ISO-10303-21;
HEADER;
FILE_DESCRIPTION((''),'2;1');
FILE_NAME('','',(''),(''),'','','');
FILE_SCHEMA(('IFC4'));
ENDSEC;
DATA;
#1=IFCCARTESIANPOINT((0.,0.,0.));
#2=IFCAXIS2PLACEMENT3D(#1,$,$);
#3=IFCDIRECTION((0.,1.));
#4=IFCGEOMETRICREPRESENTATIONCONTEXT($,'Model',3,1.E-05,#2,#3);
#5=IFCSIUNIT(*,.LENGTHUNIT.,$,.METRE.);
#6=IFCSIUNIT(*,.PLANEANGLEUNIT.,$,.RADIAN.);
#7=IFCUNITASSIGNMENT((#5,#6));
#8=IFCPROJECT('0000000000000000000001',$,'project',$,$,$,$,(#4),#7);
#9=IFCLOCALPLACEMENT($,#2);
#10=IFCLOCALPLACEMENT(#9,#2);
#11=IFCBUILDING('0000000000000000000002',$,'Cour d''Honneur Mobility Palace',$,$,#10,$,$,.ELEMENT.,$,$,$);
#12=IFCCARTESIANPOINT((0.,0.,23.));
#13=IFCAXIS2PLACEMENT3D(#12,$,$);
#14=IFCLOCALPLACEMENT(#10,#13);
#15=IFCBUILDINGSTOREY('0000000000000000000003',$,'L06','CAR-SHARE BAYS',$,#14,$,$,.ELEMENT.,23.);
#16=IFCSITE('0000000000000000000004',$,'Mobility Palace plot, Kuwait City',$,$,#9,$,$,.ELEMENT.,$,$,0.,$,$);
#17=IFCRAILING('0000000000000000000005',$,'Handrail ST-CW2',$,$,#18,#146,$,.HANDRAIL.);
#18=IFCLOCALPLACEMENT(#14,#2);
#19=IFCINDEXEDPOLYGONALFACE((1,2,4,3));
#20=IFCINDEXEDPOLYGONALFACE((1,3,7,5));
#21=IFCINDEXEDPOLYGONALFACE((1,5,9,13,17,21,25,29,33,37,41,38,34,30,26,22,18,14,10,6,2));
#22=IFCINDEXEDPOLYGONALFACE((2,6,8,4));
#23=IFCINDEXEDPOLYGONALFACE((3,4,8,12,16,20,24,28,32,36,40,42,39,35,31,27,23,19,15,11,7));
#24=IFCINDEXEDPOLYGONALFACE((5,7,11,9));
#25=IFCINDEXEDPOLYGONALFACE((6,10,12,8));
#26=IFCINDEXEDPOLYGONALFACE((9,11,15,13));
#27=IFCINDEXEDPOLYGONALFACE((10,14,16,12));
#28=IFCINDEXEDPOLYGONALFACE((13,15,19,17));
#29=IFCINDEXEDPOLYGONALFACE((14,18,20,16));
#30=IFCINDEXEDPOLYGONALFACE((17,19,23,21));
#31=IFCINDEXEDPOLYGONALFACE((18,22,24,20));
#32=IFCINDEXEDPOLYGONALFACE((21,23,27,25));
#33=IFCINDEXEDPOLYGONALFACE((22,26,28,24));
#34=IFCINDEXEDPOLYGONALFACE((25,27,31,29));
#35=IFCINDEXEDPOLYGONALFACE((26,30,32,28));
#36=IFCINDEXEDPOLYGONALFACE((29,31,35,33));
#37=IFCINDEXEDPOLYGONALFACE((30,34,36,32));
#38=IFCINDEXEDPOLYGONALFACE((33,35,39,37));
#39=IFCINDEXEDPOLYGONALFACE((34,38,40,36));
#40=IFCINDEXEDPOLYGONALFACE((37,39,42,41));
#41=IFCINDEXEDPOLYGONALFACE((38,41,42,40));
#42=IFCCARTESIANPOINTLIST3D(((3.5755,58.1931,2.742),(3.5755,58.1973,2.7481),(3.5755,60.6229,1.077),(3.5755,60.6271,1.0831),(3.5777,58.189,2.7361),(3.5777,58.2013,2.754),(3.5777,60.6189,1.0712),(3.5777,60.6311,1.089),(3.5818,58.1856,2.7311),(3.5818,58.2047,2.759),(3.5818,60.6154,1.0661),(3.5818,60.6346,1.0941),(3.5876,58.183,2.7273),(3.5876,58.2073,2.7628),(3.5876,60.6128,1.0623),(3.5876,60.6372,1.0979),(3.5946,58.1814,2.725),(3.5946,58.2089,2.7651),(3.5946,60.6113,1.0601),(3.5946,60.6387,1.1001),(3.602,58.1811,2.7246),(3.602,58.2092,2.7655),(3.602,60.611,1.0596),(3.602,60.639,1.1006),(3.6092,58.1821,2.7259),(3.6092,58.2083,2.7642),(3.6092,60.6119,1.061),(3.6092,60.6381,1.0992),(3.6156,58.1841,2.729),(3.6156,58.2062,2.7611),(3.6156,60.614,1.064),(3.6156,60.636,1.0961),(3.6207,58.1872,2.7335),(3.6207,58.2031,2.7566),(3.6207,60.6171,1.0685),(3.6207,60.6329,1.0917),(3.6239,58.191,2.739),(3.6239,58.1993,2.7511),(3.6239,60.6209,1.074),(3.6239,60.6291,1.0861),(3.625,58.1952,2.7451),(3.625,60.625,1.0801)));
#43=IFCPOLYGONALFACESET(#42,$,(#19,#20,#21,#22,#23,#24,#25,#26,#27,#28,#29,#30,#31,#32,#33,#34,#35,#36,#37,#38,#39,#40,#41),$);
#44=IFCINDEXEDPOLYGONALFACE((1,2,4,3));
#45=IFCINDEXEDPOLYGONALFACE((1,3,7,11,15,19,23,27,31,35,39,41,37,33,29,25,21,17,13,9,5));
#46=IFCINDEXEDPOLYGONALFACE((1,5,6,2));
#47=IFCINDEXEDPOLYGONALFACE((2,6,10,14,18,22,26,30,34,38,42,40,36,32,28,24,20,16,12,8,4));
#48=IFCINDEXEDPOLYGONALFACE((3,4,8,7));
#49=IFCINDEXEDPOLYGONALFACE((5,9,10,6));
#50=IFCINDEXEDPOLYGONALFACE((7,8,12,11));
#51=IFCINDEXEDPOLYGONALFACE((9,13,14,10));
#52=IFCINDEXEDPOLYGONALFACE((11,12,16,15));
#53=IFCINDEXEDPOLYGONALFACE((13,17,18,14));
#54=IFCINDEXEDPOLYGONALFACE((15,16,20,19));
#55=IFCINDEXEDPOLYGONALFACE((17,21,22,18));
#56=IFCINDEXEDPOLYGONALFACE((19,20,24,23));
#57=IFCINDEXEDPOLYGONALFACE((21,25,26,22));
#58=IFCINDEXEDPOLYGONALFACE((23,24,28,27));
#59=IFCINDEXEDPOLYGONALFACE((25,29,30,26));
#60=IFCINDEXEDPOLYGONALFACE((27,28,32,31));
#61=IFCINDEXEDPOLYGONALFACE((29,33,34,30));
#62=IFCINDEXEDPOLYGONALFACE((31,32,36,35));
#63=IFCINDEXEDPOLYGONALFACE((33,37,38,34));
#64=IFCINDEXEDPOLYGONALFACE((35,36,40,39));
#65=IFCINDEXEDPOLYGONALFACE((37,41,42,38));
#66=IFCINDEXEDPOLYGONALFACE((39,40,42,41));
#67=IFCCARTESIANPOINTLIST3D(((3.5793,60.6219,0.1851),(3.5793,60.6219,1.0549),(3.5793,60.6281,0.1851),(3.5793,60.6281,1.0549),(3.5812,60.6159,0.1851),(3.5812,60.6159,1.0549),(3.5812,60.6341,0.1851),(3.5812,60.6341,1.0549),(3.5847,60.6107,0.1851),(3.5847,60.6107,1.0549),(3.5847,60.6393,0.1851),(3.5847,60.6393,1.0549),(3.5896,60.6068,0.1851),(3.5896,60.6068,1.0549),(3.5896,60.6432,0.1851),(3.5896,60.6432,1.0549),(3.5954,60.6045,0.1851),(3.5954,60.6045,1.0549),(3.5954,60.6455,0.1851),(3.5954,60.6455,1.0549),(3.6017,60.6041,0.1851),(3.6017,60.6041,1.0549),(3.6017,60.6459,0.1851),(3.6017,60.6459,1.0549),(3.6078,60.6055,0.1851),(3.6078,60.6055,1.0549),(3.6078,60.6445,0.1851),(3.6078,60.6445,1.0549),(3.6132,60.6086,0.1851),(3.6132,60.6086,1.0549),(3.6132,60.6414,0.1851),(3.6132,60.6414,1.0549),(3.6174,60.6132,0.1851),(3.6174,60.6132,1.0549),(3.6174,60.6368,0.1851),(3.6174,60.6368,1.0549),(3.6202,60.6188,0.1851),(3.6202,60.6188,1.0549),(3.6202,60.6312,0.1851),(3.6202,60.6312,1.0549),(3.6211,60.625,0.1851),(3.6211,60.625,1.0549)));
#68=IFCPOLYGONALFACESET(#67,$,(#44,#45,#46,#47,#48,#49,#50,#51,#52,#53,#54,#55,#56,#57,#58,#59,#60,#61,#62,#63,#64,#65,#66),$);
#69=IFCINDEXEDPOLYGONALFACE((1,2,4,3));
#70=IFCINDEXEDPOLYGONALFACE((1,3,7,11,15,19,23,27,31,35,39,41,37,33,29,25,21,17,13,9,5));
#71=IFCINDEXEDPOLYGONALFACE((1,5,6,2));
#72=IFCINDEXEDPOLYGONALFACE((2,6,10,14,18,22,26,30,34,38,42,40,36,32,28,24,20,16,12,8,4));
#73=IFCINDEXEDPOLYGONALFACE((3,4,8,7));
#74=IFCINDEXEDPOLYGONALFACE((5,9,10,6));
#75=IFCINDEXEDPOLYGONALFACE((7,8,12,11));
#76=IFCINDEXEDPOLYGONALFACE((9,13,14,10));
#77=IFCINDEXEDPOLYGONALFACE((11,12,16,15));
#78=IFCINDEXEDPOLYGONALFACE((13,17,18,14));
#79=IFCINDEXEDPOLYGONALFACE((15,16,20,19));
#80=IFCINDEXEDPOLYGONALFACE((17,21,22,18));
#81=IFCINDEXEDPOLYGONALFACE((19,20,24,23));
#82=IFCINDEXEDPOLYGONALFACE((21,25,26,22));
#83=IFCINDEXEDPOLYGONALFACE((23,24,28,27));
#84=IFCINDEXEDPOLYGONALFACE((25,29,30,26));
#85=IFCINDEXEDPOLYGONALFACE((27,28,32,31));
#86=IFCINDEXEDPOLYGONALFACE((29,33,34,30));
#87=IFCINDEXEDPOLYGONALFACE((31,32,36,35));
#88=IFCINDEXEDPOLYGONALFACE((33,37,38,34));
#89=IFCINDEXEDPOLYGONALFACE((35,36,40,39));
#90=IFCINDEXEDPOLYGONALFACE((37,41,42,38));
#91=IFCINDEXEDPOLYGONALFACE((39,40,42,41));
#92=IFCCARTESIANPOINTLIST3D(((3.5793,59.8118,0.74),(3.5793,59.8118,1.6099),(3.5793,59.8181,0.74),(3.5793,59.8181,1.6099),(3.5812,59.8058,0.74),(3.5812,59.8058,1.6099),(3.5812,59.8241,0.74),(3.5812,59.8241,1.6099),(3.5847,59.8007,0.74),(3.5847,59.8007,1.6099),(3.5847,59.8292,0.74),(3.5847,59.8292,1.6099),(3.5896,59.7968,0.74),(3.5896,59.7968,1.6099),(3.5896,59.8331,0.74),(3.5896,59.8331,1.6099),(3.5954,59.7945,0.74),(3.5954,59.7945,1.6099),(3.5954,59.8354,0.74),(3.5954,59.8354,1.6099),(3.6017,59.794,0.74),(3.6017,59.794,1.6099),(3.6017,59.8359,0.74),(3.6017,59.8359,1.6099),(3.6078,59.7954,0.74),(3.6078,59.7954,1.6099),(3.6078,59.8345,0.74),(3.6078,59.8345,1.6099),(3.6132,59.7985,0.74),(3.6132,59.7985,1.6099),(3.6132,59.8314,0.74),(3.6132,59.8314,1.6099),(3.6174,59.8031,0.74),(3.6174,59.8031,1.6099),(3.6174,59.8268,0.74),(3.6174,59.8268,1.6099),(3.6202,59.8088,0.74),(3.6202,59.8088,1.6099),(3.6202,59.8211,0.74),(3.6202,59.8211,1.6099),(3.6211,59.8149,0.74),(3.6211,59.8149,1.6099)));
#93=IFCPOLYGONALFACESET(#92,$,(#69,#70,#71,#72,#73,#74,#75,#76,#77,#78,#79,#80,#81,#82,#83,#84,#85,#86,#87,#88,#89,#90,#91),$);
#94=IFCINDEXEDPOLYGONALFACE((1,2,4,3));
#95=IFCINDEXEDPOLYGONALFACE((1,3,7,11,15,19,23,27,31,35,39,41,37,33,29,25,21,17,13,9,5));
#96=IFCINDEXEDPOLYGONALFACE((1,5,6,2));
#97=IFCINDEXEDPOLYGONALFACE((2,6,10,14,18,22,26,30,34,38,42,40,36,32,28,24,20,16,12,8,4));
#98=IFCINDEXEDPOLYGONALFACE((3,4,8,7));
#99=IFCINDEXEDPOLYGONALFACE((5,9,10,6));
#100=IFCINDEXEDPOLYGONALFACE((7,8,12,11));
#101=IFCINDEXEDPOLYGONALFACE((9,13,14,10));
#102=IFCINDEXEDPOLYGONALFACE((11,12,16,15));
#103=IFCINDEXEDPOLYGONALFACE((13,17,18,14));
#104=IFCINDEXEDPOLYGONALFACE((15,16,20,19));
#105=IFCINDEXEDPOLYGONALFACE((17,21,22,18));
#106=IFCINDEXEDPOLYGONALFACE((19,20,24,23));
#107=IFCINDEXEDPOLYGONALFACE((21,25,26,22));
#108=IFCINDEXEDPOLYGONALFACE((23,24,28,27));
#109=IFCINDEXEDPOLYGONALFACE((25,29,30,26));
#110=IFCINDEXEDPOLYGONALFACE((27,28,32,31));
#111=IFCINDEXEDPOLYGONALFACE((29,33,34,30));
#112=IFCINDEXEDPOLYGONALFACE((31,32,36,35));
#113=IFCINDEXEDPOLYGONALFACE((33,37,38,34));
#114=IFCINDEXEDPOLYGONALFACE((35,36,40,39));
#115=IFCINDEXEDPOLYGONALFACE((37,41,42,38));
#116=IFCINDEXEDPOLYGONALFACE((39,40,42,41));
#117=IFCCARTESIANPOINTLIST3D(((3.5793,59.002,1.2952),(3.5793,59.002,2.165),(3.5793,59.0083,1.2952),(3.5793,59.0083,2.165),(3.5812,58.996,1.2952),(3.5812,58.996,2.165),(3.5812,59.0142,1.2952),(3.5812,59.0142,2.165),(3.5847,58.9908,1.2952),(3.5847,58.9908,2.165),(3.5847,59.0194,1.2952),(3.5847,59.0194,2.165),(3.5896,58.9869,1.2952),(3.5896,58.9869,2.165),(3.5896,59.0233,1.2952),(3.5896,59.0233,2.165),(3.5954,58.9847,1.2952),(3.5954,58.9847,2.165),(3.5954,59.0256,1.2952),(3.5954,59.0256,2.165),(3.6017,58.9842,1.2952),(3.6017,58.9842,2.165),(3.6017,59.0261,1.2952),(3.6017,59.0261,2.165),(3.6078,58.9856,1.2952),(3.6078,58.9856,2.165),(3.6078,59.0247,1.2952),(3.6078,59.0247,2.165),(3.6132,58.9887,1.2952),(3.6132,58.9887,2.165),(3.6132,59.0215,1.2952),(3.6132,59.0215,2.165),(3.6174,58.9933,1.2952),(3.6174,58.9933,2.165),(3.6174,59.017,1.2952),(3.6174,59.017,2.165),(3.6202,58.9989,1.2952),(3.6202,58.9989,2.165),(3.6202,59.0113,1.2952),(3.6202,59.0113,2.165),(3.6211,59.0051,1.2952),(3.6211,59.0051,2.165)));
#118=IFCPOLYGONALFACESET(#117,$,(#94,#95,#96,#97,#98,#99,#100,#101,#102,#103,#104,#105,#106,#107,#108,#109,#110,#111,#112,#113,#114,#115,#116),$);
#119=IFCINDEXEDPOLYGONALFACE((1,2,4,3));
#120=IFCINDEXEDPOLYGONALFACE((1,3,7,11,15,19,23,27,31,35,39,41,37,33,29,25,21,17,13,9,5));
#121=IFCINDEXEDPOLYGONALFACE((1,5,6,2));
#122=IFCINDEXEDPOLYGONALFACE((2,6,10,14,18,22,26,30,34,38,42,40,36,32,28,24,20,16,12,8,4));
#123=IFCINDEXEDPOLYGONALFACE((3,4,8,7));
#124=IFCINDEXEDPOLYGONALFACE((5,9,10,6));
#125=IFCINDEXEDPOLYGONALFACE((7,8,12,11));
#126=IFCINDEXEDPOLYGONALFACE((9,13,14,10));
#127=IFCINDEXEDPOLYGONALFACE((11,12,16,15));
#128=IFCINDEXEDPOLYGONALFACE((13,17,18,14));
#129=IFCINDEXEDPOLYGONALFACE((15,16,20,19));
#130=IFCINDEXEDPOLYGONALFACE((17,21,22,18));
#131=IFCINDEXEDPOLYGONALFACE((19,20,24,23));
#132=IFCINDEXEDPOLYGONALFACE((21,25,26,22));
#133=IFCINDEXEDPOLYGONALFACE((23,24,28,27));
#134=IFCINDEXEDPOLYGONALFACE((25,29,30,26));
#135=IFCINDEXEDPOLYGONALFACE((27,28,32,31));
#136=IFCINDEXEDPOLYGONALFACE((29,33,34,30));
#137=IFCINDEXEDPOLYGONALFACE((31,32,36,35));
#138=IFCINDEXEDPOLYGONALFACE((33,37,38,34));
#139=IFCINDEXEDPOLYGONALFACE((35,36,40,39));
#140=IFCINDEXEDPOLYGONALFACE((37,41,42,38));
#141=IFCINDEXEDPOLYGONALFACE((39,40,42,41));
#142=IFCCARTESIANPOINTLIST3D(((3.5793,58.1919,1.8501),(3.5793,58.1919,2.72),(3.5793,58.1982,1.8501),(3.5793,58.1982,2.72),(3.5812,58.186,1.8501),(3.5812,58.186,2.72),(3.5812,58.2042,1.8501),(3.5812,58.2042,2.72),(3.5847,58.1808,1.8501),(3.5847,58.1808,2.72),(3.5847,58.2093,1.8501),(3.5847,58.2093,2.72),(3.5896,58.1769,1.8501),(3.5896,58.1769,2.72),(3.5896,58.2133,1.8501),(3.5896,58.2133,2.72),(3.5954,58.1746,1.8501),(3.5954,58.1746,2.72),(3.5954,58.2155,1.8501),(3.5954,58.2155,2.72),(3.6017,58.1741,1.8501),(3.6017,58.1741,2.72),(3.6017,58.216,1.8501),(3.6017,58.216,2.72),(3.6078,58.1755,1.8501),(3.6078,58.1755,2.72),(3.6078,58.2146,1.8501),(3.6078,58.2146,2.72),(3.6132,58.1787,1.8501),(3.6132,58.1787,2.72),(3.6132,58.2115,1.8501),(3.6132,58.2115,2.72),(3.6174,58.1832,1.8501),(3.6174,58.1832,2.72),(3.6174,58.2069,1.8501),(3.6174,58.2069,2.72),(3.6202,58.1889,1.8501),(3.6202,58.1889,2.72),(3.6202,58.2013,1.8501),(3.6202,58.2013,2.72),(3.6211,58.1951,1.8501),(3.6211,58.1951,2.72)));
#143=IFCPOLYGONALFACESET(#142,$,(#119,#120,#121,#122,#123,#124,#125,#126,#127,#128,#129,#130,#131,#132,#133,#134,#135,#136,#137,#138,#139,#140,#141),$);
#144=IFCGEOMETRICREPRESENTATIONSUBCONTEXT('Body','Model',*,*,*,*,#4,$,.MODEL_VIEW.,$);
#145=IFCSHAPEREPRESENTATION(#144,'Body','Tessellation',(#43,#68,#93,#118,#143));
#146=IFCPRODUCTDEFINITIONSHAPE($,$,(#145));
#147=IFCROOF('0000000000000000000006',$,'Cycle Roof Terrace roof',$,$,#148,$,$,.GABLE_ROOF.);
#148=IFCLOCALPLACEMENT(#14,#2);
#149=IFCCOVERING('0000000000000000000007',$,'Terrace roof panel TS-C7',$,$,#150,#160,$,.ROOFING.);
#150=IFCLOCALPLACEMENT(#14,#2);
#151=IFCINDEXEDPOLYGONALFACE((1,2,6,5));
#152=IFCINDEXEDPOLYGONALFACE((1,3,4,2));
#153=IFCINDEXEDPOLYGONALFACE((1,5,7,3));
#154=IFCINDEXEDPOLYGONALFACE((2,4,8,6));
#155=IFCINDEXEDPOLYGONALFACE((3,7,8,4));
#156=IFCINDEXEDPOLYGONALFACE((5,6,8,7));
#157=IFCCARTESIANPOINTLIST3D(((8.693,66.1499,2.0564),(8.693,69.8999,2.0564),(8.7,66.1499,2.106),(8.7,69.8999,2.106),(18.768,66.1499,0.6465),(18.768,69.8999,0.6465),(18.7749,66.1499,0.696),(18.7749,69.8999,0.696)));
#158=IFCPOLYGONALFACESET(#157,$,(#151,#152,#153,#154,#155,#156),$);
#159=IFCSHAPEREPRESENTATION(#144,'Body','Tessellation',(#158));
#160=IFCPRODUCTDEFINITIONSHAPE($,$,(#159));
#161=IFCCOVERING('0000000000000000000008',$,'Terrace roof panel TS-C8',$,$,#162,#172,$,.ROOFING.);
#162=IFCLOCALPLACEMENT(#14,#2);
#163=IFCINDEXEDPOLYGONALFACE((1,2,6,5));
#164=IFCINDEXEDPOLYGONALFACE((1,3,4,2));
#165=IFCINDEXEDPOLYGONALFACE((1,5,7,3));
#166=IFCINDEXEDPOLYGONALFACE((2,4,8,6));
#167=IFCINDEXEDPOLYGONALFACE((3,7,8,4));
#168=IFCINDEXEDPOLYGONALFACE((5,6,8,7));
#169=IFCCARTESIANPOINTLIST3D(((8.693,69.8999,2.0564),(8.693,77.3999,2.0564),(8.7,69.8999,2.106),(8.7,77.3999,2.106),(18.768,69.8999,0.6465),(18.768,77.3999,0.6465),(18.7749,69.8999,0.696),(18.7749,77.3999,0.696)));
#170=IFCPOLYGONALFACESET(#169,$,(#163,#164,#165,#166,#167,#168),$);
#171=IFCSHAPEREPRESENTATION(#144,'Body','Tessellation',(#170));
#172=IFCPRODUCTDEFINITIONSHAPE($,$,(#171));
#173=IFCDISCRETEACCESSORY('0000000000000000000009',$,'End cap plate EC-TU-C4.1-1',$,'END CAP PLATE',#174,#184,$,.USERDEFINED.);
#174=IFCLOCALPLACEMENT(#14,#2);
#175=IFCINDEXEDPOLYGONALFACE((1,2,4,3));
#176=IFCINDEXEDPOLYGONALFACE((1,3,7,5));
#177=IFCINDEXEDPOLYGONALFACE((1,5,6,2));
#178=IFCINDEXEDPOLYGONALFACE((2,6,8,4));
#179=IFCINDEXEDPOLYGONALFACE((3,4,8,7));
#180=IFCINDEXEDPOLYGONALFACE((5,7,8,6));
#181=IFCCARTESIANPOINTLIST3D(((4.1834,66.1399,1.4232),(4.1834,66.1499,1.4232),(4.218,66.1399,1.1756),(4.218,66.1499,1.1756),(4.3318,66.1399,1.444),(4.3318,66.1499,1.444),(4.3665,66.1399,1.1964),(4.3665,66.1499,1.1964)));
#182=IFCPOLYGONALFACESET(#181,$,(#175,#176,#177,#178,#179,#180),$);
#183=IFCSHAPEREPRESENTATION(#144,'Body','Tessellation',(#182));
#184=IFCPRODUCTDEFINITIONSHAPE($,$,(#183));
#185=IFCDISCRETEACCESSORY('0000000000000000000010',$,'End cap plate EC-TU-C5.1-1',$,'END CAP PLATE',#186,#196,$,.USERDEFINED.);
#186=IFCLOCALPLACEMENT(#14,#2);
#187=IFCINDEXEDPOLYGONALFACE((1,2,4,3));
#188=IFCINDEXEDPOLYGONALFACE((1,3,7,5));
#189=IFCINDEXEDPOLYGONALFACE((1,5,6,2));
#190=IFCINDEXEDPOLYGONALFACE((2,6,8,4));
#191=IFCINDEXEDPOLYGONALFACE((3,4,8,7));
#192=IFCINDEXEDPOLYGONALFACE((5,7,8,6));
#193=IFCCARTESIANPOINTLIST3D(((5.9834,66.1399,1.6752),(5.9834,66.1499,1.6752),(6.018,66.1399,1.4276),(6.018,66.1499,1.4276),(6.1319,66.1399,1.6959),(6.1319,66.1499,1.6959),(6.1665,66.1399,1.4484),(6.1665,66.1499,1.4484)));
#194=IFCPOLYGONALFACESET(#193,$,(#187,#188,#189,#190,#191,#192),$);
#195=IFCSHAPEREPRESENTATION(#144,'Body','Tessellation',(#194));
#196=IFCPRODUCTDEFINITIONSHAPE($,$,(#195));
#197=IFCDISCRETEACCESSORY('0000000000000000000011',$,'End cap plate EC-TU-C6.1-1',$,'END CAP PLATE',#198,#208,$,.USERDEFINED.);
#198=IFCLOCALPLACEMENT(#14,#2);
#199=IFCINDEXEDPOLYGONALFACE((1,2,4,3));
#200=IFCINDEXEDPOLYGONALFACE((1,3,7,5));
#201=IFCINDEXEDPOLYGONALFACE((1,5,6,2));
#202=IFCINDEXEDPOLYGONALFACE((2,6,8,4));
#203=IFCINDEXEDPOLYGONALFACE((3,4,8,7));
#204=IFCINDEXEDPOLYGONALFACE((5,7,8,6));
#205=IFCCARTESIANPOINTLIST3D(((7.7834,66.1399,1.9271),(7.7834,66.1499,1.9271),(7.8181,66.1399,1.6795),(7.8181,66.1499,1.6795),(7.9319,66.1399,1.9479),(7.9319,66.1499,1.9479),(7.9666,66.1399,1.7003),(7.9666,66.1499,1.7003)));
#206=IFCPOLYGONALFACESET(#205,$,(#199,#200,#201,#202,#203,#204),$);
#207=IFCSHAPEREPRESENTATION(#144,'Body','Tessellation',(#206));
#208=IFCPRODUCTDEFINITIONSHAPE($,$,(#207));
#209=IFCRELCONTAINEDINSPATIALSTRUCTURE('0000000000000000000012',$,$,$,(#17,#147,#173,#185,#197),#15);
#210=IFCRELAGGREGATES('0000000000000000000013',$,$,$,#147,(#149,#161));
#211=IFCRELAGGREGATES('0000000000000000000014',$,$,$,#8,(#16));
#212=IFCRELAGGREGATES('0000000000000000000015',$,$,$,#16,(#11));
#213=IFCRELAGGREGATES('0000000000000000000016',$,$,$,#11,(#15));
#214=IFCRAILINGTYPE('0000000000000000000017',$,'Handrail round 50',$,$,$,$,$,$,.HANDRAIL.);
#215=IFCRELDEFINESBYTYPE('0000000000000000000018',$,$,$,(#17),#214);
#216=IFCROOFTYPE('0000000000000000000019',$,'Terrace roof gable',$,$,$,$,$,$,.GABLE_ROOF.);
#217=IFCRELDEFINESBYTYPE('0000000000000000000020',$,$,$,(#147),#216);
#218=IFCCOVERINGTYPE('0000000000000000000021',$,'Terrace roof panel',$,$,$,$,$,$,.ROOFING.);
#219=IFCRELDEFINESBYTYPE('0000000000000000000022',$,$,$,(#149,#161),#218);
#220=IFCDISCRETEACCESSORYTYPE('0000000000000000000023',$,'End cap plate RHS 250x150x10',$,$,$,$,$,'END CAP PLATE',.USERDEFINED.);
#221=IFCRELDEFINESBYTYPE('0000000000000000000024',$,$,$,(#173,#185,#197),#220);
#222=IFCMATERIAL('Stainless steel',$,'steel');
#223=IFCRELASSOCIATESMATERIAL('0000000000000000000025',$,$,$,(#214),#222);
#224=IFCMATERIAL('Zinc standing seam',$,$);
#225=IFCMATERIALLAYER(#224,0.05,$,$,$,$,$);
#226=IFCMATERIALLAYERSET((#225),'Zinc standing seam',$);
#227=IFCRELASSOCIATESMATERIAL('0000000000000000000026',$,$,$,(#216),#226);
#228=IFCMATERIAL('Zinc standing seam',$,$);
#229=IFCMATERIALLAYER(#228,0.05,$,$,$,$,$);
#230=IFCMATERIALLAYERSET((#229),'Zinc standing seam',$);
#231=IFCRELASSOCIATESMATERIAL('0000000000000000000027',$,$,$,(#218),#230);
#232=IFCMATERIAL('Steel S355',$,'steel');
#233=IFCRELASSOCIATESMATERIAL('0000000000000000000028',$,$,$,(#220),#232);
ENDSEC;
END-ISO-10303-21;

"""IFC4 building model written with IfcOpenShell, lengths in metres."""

from ifc_helpers import new_model, si_unit, direction, frame, origin, origin_2d, place, context, subcontext, project, spatial, polyline, rectangle, circle, outline, extrude, material, layer, layer_set, material_profile, profile_set, type_object, element, aggregate, save


model = new_model("IFC4")

# Units and contexts
model_context = context("Model", 3, precision=1e-05, world=origin(), true_north=direction((0.0, 1.0)))
body_context = subcontext(model_context, "Body", "Model", "MODEL_VIEW")
ifc_project = project(units=[si_unit("LENGTHUNIT", "METRE"), si_unit("PLANEANGLEUNIT", "RADIAN")], contexts=[model_context])

# Site, building, storey
site_placement = place(None, origin())
site = spatial("IfcSite", under=ifc_project, at=site_placement, Name="Mobility Palace plot, Kuwait City", CompositionType="ELEMENT", RefElevation=0.0)
building_placement = place(site_placement, origin())
building = spatial("IfcBuilding", under=site, at=building_placement, Name="Cour d'Honneur Mobility Palace", CompositionType="ELEMENT")
storey_placement = place(building_placement, frame((0.0, 0.0, 23.0)))
storey = spatial("IfcBuildingStorey", under=building, at=storey_placement, Name="L06", Description="CAR-SHARE BAYS", CompositionType="ELEMENT", Elevation=23.0)

# Railing
ifc_material_1 = material(Name="Stainless steel", Category="steel")
railing_type_1 = type_object("IfcRailingType", Name="Handrail round 50", PredefinedType="HANDRAIL", material=ifc_material_1)
railing_1_placement = place(storey_placement, frame((3.6001, 60.625, 0.1851)))
element("IfcRailing", 1, at=railing_1_placement, inside=storey, type_object=railing_type_1, Name="Handrail ST-CW2", PredefinedType="HANDRAIL", context=body_context, shape_type="SweptSolid", body=[
    extrude(circle(Radius=0.0249, at=origin_2d()), frame((0.0, 0.0, 0.895), z_axis=(0.0, -0.824919, 0.565251), x_axis=(1.0, 0.0, 0.0)), (0.0, 0.0, 1.0), 2.9456),
    extrude(circle(Radius=0.021, at=origin_2d()), origin(), (0.0, 0.0, 1.0), 0.8699),
    extrude(circle(Radius=0.021, at=origin_2d()), frame((0.0, -0.8101, 0.5549)), (0.0, 0.0, 1.0), 0.8699),
    extrude(circle(Radius=0.021, at=origin_2d()), frame((0.0, -1.6199, 1.1101)), (0.0, 0.0, 1.0), 0.8699),
    extrude(circle(Radius=0.021, at=origin_2d()), frame((0.0, -2.4299, 1.665)), (0.0, 0.0, 1.0), 0.8699),
])

# Roof, coverings
ifc_material_2 = material(Name="Zinc standing seam")
ifc_layer_1 = layer(ifc_material_2, 0.05)
ifc_layer_set_1 = layer_set([ifc_layer_1], Name="Zinc standing seam")
roof_type = type_object("IfcRoofType", Name="Terrace roof gable", PredefinedType="GABLE_ROOF", material=ifc_layer_set_1)
roof_placement = place(storey_placement, origin())
roof = element("IfcRoof", 2, at=roof_placement, inside=storey, type_object=roof_type, Name="Cycle Roof Terrace roof", PredefinedType="GABLE_ROOF")
ifc_material_3 = material(Name="Zinc standing seam")
ifc_layer_2 = layer(ifc_material_3, 0.05)
ifc_layer_set_2 = layer_set([ifc_layer_2], Name="Zinc standing seam")
covering_type = type_object("IfcCoveringType", Name="Terrace roof panel", PredefinedType="ROOFING", material=ifc_layer_set_2)
covering_1_placement = place(storey_placement, frame((8.7, 66.1499, 2.106), z_axis=(0.138592, 0.0, 0.99035), x_axis=(0.99035, 0.0, -0.138592)))
covering_1 = element("IfcCovering", 3, at=covering_1_placement, type_object=covering_type, Name="Terrace roof panel TS-C7", PredefinedType="ROOFING", context=body_context, shape_type="SweptSolid", body=[
    extrude(outline(polyline([(0.0, 0.0), (10.1731, 0.0), (10.1731, 3.75), (0.0, 3.75), (0.0, 0.0)])), origin(), (0.0, 0.0, -1.0), 0.05),
])
covering_2_placement = place(storey_placement, frame((8.7, 69.8999, 2.106), z_axis=(0.138592, 0.0, 0.99035), x_axis=(0.99035, 0.0, -0.138592)))
covering_2 = element("IfcCovering", 4, at=covering_2_placement, type_object=covering_type, Name="Terrace roof panel TS-C8", PredefinedType="ROOFING", context=body_context, shape_type="SweptSolid", body=[
    extrude(outline(polyline([(0.0, 0.0), (10.1731, 0.0), (10.1731, 7.5), (0.0, 7.5), (0.0, 0.0)])), origin(), (0.0, 0.0, -1.0), 0.05),
])
aggregate(roof, [covering_1, covering_2])

# Discrete accessories
ifc_material_4 = material(Name="Steel S355", Category="steel")
ifc_material_profile_1 = material_profile(ifc_material_4, rectangle(XDim=0.1499, YDim=0.25, at=origin_2d()), Name="PL 250x150x10")
ifc_profile_set_1 = profile_set([ifc_material_profile_1], Name="Steel S355")
discrete_accessory_type_1 = type_object("IfcDiscreteAccessoryType", Name="End cap plate RHS 250x150x10", ElementType="END CAP PLATE", PredefinedType="USERDEFINED", material=ifc_profile_set_1)
for number, where, z_axis, x_axis, name in (
    (5, (4.2749, 66.1399, 1.3098), (0.0, 1.0, 0.0), (-0.99035, 0.0, -0.138591), "End cap plate EC-TU-C4.1-1"),
    (6, (6.075, 66.1399, 1.5618), (0.0, 1.0, 0.0), (-0.99035, 0.0, -0.138591), "End cap plate EC-TU-C5.1-1"),
    (7, (7.875, 66.1399, 1.8137), (0.0, 1.0, 0.0), (-0.99035, 0.0, -0.138591), "End cap plate EC-TU-C6.1-1"),
):
    element("IfcDiscreteAccessory", number, at=place(storey_placement, frame(where, z_axis=z_axis, x_axis=x_axis)), inside=storey, type_object=discrete_accessory_type_1, Name=name, ObjectType="END CAP PLATE", PredefinedType="USERDEFINED", context=body_context, shape_type="SweptSolid", body=[
        extrude(rectangle(XDim=0.1499, YDim=0.25, at=origin_2d()), origin(), (0.0, 0.0, 1.0), 0.01),
    ])

save(model, "model.ifc")
